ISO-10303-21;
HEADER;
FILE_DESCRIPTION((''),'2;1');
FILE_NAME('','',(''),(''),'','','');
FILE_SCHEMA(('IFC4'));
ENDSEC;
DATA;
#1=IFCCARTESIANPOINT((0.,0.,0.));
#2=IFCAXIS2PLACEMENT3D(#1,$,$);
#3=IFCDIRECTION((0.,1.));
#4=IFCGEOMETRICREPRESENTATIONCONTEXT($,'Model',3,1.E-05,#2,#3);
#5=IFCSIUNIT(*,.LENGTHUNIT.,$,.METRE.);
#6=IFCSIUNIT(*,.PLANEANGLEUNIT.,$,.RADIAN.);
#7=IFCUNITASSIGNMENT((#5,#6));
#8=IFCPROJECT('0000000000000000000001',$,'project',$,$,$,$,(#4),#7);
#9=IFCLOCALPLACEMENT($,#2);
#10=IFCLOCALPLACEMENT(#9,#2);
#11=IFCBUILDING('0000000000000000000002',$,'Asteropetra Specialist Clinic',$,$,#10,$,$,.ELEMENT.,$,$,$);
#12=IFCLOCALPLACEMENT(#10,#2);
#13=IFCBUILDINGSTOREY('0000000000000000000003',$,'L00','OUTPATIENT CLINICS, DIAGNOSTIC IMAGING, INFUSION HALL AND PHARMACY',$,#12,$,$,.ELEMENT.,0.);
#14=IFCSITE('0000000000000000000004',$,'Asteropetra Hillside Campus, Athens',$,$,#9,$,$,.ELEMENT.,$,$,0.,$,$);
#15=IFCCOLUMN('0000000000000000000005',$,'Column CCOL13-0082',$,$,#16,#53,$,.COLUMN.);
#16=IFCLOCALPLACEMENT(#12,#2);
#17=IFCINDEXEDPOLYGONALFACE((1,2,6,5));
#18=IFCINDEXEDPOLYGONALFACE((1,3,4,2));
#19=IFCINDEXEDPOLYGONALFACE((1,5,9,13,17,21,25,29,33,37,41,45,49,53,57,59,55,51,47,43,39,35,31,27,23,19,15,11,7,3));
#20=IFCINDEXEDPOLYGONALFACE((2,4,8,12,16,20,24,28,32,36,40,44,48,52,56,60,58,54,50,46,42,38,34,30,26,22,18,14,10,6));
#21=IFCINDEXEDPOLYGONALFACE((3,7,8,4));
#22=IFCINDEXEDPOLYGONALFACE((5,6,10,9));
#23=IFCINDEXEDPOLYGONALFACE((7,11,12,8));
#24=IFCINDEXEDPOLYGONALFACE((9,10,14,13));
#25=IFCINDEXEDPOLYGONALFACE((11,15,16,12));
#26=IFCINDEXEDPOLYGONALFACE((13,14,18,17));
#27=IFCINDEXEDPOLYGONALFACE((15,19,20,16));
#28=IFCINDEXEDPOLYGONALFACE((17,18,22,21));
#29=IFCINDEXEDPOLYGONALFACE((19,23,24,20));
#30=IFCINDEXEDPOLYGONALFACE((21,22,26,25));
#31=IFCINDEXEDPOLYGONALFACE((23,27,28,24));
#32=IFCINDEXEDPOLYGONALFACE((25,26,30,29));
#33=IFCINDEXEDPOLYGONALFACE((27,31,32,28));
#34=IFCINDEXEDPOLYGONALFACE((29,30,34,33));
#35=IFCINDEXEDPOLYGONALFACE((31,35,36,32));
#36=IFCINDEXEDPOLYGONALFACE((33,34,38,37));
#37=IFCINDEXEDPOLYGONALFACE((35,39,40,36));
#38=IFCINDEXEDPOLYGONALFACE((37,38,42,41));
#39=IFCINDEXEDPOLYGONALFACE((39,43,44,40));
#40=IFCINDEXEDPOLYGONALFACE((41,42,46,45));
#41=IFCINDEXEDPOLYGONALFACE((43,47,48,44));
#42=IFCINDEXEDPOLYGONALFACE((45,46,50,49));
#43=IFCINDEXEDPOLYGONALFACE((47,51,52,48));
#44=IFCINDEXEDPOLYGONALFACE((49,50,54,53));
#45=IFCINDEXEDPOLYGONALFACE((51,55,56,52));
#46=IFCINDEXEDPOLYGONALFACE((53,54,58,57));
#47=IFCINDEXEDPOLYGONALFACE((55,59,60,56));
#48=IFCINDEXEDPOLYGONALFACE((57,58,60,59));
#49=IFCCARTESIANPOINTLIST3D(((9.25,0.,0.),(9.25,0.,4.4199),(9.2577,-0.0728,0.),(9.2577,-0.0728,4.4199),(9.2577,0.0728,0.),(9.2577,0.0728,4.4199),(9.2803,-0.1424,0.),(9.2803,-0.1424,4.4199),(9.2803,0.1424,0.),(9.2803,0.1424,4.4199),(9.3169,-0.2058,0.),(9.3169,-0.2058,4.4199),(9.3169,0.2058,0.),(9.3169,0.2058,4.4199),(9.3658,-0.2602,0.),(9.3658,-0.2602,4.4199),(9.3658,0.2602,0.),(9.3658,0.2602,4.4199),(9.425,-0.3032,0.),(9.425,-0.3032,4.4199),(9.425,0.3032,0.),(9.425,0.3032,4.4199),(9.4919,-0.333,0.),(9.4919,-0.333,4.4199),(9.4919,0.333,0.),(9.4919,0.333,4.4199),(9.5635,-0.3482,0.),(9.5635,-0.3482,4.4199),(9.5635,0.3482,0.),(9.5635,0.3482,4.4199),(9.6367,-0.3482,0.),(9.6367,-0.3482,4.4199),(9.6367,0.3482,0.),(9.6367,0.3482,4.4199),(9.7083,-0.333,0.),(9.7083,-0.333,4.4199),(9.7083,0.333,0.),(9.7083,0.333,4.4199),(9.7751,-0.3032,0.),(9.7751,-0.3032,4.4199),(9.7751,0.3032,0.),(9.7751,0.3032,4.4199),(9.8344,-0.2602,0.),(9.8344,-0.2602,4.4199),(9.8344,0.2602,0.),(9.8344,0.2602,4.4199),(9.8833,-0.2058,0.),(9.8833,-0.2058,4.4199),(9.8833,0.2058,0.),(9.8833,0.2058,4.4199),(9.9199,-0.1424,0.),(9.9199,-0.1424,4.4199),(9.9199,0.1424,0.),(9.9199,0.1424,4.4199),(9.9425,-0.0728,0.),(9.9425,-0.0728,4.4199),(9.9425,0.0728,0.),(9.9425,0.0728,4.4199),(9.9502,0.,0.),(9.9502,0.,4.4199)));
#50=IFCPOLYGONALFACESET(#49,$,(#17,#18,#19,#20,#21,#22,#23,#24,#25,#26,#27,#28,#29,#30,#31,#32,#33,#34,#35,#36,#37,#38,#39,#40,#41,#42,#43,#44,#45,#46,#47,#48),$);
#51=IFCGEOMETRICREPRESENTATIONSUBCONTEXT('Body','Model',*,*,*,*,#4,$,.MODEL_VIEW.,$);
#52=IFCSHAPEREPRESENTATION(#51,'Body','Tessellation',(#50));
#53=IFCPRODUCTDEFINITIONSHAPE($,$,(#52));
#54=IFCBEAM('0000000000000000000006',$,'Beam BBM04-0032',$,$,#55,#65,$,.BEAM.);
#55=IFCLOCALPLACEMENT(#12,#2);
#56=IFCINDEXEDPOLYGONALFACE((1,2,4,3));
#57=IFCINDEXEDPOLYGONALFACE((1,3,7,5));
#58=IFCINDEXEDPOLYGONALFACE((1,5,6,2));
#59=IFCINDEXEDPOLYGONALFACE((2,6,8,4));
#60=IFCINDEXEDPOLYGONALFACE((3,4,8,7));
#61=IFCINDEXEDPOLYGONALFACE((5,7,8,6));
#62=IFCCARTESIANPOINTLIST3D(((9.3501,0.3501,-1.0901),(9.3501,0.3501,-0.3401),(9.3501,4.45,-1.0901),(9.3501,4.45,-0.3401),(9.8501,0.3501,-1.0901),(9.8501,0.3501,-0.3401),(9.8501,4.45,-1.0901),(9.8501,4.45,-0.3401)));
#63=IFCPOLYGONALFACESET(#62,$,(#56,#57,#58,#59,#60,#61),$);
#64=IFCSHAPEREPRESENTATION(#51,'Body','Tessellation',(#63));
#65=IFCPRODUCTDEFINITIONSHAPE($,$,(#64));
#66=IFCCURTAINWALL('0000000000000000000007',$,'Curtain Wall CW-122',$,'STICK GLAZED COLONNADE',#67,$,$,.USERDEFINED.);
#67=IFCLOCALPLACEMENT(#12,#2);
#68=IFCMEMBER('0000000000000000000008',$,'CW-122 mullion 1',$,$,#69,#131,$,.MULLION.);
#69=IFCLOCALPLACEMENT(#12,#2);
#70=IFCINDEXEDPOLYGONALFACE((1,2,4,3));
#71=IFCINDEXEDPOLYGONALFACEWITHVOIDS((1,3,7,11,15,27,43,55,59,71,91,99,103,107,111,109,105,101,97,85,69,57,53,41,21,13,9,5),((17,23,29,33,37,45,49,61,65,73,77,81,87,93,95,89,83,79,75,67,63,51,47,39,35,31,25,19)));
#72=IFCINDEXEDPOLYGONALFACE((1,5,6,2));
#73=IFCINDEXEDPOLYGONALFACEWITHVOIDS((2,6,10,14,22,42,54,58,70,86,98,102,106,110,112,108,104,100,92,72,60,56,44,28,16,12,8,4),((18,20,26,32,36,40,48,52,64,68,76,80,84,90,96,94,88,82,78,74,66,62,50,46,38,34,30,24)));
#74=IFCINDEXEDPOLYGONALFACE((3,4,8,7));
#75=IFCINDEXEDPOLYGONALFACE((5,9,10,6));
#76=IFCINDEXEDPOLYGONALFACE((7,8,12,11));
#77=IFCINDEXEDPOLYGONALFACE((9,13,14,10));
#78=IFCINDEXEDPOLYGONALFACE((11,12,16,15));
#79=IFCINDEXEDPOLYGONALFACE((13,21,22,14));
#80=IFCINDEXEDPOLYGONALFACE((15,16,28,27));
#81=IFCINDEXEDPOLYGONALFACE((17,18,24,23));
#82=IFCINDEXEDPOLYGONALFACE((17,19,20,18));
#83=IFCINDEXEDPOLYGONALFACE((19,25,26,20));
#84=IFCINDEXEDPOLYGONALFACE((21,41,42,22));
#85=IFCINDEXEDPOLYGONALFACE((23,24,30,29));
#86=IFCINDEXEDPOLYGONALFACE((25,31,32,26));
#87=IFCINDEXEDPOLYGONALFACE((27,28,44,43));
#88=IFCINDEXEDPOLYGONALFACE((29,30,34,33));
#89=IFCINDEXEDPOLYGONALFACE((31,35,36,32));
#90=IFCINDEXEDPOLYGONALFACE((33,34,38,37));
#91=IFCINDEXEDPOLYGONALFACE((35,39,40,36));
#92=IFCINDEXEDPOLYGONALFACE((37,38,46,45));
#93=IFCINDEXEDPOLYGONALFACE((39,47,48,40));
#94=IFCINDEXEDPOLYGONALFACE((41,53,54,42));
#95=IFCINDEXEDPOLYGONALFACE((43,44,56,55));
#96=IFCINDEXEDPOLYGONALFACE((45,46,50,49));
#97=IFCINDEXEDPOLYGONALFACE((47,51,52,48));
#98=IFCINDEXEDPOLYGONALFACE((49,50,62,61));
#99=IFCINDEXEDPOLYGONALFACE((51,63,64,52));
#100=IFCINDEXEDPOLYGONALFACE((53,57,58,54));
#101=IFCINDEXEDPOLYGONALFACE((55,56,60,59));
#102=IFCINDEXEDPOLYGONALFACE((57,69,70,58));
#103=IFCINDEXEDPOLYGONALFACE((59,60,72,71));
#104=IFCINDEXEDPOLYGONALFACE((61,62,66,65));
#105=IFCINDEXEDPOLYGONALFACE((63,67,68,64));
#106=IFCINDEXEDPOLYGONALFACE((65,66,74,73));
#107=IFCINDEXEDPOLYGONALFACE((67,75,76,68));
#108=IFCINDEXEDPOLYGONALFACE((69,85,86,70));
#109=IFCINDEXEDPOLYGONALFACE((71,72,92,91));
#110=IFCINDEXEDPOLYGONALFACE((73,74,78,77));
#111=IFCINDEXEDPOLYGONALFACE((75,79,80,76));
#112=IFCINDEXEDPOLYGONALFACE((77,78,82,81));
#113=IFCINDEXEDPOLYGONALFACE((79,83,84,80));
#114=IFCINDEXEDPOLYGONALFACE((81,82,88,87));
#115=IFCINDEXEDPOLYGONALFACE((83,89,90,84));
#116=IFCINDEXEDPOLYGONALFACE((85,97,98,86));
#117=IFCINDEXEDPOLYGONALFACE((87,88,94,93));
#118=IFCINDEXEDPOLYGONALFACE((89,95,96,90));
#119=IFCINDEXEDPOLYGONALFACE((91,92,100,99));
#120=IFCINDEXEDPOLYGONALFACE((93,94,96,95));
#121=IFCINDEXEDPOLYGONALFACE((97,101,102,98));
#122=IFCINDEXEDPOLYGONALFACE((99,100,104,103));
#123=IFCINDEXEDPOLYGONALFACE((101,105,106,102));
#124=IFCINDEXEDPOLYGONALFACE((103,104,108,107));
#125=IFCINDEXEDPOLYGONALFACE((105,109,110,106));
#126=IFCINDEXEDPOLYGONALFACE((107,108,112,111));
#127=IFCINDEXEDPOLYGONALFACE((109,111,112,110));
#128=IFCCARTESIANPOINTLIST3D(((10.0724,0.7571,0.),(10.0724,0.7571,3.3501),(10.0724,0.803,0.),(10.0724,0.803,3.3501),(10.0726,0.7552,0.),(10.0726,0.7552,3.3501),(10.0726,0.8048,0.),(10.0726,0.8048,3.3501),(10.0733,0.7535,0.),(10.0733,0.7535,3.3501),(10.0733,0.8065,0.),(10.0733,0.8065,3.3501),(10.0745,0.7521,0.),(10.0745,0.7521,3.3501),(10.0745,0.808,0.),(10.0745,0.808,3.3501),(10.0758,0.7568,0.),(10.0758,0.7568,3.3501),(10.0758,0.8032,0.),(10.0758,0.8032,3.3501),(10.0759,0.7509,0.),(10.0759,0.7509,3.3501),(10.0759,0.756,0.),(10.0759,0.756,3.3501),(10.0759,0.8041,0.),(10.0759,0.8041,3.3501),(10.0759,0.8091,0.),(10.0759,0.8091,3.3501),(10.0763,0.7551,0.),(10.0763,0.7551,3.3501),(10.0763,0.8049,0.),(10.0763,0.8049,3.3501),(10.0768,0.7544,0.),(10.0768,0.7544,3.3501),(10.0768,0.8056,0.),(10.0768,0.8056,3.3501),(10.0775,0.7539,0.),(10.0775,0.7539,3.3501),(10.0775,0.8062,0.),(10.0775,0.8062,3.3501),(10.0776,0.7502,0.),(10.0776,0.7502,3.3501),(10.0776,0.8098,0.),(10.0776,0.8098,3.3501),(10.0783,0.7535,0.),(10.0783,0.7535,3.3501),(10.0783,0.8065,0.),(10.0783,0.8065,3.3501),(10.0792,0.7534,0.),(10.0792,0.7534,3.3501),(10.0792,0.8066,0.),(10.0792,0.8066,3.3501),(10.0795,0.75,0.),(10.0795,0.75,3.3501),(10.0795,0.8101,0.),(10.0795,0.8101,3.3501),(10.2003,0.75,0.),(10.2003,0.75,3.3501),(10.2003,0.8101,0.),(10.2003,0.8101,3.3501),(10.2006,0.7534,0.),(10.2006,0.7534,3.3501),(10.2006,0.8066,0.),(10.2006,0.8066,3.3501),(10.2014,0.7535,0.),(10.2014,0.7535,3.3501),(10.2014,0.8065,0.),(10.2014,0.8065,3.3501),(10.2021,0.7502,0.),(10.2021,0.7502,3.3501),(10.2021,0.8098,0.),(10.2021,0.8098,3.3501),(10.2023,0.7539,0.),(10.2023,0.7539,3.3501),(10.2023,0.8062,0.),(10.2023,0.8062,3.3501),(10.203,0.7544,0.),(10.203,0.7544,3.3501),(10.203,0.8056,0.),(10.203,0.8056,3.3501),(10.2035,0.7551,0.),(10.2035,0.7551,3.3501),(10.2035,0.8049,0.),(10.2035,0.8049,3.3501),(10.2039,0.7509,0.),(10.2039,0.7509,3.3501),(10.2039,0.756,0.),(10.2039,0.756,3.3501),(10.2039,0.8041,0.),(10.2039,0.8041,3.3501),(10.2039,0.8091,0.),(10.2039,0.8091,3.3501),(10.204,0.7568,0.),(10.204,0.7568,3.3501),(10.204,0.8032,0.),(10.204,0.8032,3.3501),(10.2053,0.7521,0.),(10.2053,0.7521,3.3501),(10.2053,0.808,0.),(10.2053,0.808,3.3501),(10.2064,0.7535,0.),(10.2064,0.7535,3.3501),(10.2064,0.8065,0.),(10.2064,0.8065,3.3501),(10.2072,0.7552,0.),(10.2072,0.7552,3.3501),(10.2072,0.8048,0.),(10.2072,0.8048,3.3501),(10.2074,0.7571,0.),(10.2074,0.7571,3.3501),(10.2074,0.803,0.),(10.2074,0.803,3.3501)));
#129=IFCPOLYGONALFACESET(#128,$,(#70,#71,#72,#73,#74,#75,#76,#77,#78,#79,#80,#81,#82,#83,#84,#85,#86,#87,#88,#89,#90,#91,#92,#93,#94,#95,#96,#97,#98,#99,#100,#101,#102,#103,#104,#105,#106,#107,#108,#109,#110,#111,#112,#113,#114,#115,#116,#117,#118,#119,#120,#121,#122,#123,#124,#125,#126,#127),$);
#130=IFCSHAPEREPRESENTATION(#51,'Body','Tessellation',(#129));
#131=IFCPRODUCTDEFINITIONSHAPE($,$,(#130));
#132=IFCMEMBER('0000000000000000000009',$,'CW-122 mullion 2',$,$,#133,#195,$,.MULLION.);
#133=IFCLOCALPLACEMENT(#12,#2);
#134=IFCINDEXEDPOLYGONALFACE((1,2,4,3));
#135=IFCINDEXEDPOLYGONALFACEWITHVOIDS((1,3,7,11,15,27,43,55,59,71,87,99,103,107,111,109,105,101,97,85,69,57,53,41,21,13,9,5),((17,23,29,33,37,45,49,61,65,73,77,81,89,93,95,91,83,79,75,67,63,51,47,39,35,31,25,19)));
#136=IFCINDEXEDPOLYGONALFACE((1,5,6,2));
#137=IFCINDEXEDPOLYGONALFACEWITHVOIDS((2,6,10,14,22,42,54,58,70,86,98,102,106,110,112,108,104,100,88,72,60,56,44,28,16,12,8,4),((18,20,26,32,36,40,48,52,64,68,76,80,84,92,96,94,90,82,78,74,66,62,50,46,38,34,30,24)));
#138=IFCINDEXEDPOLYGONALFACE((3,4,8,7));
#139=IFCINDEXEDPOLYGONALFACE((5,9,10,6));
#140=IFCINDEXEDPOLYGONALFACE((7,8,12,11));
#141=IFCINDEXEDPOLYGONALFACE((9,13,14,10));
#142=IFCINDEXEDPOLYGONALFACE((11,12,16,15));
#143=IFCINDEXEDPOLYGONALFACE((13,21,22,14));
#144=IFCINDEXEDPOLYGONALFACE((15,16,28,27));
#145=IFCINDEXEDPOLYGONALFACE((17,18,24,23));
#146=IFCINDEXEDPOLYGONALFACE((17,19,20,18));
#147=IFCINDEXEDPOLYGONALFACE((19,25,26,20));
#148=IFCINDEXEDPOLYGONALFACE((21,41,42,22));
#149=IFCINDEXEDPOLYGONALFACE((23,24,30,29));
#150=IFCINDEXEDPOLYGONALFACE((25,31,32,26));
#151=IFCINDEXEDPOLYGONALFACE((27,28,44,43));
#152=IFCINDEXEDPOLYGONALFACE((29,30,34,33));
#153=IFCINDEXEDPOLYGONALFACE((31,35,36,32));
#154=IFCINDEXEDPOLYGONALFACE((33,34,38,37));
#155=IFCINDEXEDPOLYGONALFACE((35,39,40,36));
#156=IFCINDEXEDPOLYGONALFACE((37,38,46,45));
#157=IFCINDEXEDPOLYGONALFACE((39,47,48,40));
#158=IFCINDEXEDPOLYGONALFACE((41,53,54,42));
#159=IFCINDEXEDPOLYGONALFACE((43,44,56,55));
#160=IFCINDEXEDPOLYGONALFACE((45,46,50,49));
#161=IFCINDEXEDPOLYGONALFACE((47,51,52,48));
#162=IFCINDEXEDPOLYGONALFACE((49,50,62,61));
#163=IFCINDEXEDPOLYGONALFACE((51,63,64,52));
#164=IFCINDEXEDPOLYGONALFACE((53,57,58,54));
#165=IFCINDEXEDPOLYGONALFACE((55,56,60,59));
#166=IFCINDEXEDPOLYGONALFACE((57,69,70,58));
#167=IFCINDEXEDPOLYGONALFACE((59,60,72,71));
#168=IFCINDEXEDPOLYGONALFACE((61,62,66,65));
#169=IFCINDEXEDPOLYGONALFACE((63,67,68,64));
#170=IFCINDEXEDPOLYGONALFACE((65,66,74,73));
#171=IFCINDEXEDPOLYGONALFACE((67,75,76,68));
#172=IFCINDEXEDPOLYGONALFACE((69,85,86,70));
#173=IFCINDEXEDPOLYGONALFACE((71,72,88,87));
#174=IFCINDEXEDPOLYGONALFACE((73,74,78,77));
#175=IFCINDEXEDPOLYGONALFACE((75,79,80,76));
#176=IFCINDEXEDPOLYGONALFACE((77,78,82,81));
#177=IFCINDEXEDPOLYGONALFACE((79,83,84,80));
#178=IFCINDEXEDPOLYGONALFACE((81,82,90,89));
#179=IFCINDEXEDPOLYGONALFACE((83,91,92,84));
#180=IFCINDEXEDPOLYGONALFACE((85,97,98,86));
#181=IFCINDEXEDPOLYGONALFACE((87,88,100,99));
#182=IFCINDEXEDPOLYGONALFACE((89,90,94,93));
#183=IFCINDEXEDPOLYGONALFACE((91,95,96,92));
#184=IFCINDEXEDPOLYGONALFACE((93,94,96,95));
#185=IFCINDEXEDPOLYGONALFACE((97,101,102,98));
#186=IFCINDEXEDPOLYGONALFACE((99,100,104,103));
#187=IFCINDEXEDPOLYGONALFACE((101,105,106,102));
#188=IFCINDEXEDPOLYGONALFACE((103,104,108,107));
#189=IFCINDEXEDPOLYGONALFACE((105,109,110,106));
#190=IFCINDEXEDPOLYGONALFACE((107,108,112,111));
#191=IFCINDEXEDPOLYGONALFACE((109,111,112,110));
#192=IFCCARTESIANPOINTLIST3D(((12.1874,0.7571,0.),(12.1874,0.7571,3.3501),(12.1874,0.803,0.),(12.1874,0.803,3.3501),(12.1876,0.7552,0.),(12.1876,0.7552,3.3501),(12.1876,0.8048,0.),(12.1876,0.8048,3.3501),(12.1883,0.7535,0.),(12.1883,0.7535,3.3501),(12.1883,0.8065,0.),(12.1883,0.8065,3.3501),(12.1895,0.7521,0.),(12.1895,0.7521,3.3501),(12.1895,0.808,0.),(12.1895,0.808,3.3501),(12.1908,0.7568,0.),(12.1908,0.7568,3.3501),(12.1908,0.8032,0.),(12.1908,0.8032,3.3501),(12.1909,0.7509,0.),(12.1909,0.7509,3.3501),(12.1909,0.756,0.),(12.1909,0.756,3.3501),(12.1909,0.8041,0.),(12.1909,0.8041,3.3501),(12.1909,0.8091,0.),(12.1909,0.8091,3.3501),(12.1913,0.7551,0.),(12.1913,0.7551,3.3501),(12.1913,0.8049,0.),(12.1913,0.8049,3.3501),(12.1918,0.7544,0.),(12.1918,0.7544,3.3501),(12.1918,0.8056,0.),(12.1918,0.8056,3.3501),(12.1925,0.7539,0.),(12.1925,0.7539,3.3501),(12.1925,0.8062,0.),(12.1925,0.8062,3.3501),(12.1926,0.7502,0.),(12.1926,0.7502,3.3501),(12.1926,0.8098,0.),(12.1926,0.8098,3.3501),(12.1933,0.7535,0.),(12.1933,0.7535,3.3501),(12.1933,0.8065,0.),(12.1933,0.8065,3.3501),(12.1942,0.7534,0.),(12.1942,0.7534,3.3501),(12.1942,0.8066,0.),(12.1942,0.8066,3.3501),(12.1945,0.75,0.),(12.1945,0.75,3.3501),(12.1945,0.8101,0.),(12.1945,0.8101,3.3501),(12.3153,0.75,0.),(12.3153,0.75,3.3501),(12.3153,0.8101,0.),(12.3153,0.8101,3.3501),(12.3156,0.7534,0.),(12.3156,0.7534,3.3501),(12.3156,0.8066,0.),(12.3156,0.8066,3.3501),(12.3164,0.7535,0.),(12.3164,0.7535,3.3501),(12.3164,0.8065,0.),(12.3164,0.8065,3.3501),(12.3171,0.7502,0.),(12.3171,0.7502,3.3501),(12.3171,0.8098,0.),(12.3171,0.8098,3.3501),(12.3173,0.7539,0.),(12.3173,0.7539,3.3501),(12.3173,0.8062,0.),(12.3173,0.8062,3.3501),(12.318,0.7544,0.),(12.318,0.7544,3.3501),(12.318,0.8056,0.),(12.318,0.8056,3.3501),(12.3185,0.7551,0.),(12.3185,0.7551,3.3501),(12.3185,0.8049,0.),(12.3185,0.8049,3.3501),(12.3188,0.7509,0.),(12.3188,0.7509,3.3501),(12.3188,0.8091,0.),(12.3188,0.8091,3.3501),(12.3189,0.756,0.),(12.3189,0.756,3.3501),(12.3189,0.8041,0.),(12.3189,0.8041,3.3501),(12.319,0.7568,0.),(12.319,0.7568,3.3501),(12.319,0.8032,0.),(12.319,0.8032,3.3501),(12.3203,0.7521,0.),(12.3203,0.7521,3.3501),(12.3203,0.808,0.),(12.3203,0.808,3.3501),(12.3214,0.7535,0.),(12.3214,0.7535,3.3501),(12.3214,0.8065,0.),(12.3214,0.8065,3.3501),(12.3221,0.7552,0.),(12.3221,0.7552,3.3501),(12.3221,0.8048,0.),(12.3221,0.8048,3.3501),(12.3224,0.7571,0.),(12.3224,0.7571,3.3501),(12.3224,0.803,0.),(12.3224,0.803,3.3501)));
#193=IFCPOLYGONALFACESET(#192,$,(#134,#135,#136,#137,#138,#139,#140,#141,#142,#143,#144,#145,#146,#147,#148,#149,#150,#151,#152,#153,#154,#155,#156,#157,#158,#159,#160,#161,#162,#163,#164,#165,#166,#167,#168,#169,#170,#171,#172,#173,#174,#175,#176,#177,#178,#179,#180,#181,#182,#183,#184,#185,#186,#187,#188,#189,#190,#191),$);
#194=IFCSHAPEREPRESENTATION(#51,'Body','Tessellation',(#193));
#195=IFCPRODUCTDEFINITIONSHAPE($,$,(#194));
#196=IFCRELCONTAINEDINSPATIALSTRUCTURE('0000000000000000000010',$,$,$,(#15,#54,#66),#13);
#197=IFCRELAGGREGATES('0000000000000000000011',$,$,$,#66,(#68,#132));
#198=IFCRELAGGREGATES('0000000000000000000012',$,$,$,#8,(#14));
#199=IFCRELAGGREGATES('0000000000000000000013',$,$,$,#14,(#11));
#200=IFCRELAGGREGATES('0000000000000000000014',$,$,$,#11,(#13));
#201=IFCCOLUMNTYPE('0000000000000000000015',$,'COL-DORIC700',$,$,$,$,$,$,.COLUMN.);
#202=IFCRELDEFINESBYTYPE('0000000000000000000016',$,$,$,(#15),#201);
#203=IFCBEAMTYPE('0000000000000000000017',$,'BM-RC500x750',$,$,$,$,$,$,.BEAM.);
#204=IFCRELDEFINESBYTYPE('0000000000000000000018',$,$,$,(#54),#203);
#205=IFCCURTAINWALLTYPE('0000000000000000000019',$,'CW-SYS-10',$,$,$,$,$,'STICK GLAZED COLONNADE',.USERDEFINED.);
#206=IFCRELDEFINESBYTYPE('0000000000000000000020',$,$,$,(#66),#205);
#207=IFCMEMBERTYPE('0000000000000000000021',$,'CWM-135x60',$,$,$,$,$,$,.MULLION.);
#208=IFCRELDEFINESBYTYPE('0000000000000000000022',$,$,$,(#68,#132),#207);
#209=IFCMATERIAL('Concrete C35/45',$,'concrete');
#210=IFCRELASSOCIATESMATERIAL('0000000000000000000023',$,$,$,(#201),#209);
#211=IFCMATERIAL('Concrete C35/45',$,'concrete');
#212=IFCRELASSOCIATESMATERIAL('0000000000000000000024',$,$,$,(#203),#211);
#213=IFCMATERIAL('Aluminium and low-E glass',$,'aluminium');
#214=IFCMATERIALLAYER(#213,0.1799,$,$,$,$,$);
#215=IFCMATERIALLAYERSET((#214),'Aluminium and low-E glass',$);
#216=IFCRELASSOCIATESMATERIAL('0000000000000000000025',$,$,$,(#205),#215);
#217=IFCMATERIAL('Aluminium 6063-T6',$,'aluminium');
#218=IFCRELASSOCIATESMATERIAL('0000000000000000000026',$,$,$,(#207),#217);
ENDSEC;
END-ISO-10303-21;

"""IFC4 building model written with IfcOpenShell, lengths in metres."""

from ifc_helpers import new_model, si_unit, direction, frame, origin, origin_2d, place, context, subcontext, project, spatial, rectangle, hollow_rectangle, circle, extrude, material, layer, layer_set, material_profile, profile_set, type_object, element, aggregate, save


model = new_model("IFC4")

# Units and contexts
model_context = context("Model", 3, precision=1e-05, world=origin(), true_north=direction((0.0, 1.0)))
body_context = subcontext(model_context, "Body", "Model", "MODEL_VIEW")
ifc_project = project(units=[si_unit("LENGTHUNIT", "METRE"), si_unit("PLANEANGLEUNIT", "RADIAN")], contexts=[model_context])

# Site, building, storey
site_placement = place(None, origin())
site = spatial("IfcSite", under=ifc_project, at=site_placement, Name="Asteropetra Hillside Campus, Athens", CompositionType="ELEMENT", RefElevation=0.0)
building_placement = place(site_placement, origin())
building = spatial("IfcBuilding", under=site, at=building_placement, Name="Asteropetra Specialist Clinic", CompositionType="ELEMENT")
storey_placement = place(building_placement, origin())
storey = spatial("IfcBuildingStorey", under=building, at=storey_placement, Name="L00", Description="OUTPATIENT CLINICS, DIAGNOSTIC IMAGING, INFUSION HALL AND PHARMACY", CompositionType="ELEMENT", Elevation=0.0)

# Column
ifc_material_1 = material(Name="Concrete C35/45", Category="concrete")
ifc_material_profile_1 = material_profile(ifc_material_1, circle(Radius=0.3501, at=origin_2d()), Name="RCC D700")
ifc_profile_set_1 = profile_set([ifc_material_profile_1], Name="Concrete C35/45")
column_type = type_object("IfcColumnType", Name="COL-DORIC700", PredefinedType="COLUMN", material=ifc_profile_set_1)
column_placement = place(storey_placement, frame((9.6001, 0.0, 0.0), z_axis=(0.0, 0.0, 1.0), x_axis=(1.0, 0.0, 0.0)))
element("IfcColumn", 1, at=column_placement, inside=storey, type_object=column_type, Name="Column CCOL13-0082", PredefinedType="COLUMN", context=body_context, shape_type="SweptSolid", body=[
    extrude(circle(Radius=0.3501, at=origin_2d()), origin(), (0.0, 0.0, 1.0), 4.4199),
])

# Beam
ifc_material_2 = material(Name="Concrete C35/45", Category="concrete")
ifc_material_profile_2 = material_profile(ifc_material_2, rectangle(XDim=0.5, YDim=0.75, at=origin_2d()), Name="RCB 500x750")
ifc_profile_set_2 = profile_set([ifc_material_profile_2], Name="Concrete C35/45")
beam_type_1 = type_object("IfcBeamType", Name="BM-RC500x750", PredefinedType="BEAM", material=ifc_profile_set_2)
beam_1_placement = place(storey_placement, frame((9.6001, 0.3501, -0.7151), z_axis=(0.0, 1.0, 0.0), x_axis=(-1.0, 0.0, 0.0)))
element("IfcBeam", 2, at=beam_1_placement, inside=storey, type_object=beam_type_1, Name="Beam BBM04-0032", PredefinedType="BEAM", context=body_context, shape_type="SweptSolid", body=[
    extrude(rectangle(XDim=0.5, YDim=0.75, at=origin_2d()), origin(), (0.0, 0.0, 1.0), 4.0999),
])

# Curtain wall, members
ifc_material_3 = material(Name="Aluminium and low-E glass", Category="aluminium")
ifc_layer_1 = layer(ifc_material_3, 0.1799)
ifc_layer_set_1 = layer_set([ifc_layer_1], Name="Aluminium and low-E glass")
curtain_wall_type_1 = type_object("IfcCurtainWallType", Name="CW-SYS-10", ElementType="STICK GLAZED COLONNADE", PredefinedType="USERDEFINED", material=ifc_layer_set_1)
curtain_wall_1_placement = place(storey_placement, origin())
curtain_wall_1 = element("IfcCurtainWall", 3, at=curtain_wall_1_placement, inside=storey, type_object=curtain_wall_type_1, Name="Curtain Wall CW-122", ObjectType="STICK GLAZED COLONNADE", PredefinedType="USERDEFINED")
ifc_material_4 = material(Name="Aluminium 6063-T6", Category="aluminium")
ifc_material_profile_3 = material_profile(ifc_material_4, hollow_rectangle(XDim=0.0601, YDim=0.135, WallThickness=0.0034, InnerFilletRadius=0.0034, OuterFilletRadius=0.0071, at=origin_2d()), Name="MUL 135x60x3.5")
ifc_profile_set_3 = profile_set([ifc_material_profile_3], Name="Aluminium 6063-T6")
member_type_1 = type_object("IfcMemberType", Name="CWM-135x60", PredefinedType="MULLION", material=ifc_profile_set_3)
member_1_placement = place(storey_placement, frame((10.1399, 0.78, 0.0), z_axis=(0.0, 0.0, 1.0), x_axis=(0.0, 1.0, 0.0)))
member_1 = element("IfcMember", 4, at=member_1_placement, type_object=member_type_1, Name="CW-122 mullion 1", PredefinedType="MULLION", context=body_context, shape_type="SweptSolid", body=[
    extrude(hollow_rectangle(XDim=0.0601, YDim=0.135, WallThickness=0.0034, InnerFilletRadius=0.0034, OuterFilletRadius=0.0071, at=origin_2d()), origin(), (0.0, 0.0, 1.0), 3.3501),
])
member_2_placement = place(storey_placement, frame((12.2549, 0.78, 0.0), z_axis=(0.0, 0.0, 1.0), x_axis=(0.0, 1.0, 0.0)))
member_2 = element("IfcMember", 5, at=member_2_placement, type_object=member_type_1, Name="CW-122 mullion 2", PredefinedType="MULLION", context=body_context, shape_type="SweptSolid", body=[
    extrude(hollow_rectangle(XDim=0.0601, YDim=0.135, WallThickness=0.0034, InnerFilletRadius=0.0034, OuterFilletRadius=0.0071, at=origin_2d()), origin(), (0.0, 0.0, 1.0), 3.3501),
])

aggregate(curtain_wall_1, [member_1, member_2])

save(model, "model.ifc")
